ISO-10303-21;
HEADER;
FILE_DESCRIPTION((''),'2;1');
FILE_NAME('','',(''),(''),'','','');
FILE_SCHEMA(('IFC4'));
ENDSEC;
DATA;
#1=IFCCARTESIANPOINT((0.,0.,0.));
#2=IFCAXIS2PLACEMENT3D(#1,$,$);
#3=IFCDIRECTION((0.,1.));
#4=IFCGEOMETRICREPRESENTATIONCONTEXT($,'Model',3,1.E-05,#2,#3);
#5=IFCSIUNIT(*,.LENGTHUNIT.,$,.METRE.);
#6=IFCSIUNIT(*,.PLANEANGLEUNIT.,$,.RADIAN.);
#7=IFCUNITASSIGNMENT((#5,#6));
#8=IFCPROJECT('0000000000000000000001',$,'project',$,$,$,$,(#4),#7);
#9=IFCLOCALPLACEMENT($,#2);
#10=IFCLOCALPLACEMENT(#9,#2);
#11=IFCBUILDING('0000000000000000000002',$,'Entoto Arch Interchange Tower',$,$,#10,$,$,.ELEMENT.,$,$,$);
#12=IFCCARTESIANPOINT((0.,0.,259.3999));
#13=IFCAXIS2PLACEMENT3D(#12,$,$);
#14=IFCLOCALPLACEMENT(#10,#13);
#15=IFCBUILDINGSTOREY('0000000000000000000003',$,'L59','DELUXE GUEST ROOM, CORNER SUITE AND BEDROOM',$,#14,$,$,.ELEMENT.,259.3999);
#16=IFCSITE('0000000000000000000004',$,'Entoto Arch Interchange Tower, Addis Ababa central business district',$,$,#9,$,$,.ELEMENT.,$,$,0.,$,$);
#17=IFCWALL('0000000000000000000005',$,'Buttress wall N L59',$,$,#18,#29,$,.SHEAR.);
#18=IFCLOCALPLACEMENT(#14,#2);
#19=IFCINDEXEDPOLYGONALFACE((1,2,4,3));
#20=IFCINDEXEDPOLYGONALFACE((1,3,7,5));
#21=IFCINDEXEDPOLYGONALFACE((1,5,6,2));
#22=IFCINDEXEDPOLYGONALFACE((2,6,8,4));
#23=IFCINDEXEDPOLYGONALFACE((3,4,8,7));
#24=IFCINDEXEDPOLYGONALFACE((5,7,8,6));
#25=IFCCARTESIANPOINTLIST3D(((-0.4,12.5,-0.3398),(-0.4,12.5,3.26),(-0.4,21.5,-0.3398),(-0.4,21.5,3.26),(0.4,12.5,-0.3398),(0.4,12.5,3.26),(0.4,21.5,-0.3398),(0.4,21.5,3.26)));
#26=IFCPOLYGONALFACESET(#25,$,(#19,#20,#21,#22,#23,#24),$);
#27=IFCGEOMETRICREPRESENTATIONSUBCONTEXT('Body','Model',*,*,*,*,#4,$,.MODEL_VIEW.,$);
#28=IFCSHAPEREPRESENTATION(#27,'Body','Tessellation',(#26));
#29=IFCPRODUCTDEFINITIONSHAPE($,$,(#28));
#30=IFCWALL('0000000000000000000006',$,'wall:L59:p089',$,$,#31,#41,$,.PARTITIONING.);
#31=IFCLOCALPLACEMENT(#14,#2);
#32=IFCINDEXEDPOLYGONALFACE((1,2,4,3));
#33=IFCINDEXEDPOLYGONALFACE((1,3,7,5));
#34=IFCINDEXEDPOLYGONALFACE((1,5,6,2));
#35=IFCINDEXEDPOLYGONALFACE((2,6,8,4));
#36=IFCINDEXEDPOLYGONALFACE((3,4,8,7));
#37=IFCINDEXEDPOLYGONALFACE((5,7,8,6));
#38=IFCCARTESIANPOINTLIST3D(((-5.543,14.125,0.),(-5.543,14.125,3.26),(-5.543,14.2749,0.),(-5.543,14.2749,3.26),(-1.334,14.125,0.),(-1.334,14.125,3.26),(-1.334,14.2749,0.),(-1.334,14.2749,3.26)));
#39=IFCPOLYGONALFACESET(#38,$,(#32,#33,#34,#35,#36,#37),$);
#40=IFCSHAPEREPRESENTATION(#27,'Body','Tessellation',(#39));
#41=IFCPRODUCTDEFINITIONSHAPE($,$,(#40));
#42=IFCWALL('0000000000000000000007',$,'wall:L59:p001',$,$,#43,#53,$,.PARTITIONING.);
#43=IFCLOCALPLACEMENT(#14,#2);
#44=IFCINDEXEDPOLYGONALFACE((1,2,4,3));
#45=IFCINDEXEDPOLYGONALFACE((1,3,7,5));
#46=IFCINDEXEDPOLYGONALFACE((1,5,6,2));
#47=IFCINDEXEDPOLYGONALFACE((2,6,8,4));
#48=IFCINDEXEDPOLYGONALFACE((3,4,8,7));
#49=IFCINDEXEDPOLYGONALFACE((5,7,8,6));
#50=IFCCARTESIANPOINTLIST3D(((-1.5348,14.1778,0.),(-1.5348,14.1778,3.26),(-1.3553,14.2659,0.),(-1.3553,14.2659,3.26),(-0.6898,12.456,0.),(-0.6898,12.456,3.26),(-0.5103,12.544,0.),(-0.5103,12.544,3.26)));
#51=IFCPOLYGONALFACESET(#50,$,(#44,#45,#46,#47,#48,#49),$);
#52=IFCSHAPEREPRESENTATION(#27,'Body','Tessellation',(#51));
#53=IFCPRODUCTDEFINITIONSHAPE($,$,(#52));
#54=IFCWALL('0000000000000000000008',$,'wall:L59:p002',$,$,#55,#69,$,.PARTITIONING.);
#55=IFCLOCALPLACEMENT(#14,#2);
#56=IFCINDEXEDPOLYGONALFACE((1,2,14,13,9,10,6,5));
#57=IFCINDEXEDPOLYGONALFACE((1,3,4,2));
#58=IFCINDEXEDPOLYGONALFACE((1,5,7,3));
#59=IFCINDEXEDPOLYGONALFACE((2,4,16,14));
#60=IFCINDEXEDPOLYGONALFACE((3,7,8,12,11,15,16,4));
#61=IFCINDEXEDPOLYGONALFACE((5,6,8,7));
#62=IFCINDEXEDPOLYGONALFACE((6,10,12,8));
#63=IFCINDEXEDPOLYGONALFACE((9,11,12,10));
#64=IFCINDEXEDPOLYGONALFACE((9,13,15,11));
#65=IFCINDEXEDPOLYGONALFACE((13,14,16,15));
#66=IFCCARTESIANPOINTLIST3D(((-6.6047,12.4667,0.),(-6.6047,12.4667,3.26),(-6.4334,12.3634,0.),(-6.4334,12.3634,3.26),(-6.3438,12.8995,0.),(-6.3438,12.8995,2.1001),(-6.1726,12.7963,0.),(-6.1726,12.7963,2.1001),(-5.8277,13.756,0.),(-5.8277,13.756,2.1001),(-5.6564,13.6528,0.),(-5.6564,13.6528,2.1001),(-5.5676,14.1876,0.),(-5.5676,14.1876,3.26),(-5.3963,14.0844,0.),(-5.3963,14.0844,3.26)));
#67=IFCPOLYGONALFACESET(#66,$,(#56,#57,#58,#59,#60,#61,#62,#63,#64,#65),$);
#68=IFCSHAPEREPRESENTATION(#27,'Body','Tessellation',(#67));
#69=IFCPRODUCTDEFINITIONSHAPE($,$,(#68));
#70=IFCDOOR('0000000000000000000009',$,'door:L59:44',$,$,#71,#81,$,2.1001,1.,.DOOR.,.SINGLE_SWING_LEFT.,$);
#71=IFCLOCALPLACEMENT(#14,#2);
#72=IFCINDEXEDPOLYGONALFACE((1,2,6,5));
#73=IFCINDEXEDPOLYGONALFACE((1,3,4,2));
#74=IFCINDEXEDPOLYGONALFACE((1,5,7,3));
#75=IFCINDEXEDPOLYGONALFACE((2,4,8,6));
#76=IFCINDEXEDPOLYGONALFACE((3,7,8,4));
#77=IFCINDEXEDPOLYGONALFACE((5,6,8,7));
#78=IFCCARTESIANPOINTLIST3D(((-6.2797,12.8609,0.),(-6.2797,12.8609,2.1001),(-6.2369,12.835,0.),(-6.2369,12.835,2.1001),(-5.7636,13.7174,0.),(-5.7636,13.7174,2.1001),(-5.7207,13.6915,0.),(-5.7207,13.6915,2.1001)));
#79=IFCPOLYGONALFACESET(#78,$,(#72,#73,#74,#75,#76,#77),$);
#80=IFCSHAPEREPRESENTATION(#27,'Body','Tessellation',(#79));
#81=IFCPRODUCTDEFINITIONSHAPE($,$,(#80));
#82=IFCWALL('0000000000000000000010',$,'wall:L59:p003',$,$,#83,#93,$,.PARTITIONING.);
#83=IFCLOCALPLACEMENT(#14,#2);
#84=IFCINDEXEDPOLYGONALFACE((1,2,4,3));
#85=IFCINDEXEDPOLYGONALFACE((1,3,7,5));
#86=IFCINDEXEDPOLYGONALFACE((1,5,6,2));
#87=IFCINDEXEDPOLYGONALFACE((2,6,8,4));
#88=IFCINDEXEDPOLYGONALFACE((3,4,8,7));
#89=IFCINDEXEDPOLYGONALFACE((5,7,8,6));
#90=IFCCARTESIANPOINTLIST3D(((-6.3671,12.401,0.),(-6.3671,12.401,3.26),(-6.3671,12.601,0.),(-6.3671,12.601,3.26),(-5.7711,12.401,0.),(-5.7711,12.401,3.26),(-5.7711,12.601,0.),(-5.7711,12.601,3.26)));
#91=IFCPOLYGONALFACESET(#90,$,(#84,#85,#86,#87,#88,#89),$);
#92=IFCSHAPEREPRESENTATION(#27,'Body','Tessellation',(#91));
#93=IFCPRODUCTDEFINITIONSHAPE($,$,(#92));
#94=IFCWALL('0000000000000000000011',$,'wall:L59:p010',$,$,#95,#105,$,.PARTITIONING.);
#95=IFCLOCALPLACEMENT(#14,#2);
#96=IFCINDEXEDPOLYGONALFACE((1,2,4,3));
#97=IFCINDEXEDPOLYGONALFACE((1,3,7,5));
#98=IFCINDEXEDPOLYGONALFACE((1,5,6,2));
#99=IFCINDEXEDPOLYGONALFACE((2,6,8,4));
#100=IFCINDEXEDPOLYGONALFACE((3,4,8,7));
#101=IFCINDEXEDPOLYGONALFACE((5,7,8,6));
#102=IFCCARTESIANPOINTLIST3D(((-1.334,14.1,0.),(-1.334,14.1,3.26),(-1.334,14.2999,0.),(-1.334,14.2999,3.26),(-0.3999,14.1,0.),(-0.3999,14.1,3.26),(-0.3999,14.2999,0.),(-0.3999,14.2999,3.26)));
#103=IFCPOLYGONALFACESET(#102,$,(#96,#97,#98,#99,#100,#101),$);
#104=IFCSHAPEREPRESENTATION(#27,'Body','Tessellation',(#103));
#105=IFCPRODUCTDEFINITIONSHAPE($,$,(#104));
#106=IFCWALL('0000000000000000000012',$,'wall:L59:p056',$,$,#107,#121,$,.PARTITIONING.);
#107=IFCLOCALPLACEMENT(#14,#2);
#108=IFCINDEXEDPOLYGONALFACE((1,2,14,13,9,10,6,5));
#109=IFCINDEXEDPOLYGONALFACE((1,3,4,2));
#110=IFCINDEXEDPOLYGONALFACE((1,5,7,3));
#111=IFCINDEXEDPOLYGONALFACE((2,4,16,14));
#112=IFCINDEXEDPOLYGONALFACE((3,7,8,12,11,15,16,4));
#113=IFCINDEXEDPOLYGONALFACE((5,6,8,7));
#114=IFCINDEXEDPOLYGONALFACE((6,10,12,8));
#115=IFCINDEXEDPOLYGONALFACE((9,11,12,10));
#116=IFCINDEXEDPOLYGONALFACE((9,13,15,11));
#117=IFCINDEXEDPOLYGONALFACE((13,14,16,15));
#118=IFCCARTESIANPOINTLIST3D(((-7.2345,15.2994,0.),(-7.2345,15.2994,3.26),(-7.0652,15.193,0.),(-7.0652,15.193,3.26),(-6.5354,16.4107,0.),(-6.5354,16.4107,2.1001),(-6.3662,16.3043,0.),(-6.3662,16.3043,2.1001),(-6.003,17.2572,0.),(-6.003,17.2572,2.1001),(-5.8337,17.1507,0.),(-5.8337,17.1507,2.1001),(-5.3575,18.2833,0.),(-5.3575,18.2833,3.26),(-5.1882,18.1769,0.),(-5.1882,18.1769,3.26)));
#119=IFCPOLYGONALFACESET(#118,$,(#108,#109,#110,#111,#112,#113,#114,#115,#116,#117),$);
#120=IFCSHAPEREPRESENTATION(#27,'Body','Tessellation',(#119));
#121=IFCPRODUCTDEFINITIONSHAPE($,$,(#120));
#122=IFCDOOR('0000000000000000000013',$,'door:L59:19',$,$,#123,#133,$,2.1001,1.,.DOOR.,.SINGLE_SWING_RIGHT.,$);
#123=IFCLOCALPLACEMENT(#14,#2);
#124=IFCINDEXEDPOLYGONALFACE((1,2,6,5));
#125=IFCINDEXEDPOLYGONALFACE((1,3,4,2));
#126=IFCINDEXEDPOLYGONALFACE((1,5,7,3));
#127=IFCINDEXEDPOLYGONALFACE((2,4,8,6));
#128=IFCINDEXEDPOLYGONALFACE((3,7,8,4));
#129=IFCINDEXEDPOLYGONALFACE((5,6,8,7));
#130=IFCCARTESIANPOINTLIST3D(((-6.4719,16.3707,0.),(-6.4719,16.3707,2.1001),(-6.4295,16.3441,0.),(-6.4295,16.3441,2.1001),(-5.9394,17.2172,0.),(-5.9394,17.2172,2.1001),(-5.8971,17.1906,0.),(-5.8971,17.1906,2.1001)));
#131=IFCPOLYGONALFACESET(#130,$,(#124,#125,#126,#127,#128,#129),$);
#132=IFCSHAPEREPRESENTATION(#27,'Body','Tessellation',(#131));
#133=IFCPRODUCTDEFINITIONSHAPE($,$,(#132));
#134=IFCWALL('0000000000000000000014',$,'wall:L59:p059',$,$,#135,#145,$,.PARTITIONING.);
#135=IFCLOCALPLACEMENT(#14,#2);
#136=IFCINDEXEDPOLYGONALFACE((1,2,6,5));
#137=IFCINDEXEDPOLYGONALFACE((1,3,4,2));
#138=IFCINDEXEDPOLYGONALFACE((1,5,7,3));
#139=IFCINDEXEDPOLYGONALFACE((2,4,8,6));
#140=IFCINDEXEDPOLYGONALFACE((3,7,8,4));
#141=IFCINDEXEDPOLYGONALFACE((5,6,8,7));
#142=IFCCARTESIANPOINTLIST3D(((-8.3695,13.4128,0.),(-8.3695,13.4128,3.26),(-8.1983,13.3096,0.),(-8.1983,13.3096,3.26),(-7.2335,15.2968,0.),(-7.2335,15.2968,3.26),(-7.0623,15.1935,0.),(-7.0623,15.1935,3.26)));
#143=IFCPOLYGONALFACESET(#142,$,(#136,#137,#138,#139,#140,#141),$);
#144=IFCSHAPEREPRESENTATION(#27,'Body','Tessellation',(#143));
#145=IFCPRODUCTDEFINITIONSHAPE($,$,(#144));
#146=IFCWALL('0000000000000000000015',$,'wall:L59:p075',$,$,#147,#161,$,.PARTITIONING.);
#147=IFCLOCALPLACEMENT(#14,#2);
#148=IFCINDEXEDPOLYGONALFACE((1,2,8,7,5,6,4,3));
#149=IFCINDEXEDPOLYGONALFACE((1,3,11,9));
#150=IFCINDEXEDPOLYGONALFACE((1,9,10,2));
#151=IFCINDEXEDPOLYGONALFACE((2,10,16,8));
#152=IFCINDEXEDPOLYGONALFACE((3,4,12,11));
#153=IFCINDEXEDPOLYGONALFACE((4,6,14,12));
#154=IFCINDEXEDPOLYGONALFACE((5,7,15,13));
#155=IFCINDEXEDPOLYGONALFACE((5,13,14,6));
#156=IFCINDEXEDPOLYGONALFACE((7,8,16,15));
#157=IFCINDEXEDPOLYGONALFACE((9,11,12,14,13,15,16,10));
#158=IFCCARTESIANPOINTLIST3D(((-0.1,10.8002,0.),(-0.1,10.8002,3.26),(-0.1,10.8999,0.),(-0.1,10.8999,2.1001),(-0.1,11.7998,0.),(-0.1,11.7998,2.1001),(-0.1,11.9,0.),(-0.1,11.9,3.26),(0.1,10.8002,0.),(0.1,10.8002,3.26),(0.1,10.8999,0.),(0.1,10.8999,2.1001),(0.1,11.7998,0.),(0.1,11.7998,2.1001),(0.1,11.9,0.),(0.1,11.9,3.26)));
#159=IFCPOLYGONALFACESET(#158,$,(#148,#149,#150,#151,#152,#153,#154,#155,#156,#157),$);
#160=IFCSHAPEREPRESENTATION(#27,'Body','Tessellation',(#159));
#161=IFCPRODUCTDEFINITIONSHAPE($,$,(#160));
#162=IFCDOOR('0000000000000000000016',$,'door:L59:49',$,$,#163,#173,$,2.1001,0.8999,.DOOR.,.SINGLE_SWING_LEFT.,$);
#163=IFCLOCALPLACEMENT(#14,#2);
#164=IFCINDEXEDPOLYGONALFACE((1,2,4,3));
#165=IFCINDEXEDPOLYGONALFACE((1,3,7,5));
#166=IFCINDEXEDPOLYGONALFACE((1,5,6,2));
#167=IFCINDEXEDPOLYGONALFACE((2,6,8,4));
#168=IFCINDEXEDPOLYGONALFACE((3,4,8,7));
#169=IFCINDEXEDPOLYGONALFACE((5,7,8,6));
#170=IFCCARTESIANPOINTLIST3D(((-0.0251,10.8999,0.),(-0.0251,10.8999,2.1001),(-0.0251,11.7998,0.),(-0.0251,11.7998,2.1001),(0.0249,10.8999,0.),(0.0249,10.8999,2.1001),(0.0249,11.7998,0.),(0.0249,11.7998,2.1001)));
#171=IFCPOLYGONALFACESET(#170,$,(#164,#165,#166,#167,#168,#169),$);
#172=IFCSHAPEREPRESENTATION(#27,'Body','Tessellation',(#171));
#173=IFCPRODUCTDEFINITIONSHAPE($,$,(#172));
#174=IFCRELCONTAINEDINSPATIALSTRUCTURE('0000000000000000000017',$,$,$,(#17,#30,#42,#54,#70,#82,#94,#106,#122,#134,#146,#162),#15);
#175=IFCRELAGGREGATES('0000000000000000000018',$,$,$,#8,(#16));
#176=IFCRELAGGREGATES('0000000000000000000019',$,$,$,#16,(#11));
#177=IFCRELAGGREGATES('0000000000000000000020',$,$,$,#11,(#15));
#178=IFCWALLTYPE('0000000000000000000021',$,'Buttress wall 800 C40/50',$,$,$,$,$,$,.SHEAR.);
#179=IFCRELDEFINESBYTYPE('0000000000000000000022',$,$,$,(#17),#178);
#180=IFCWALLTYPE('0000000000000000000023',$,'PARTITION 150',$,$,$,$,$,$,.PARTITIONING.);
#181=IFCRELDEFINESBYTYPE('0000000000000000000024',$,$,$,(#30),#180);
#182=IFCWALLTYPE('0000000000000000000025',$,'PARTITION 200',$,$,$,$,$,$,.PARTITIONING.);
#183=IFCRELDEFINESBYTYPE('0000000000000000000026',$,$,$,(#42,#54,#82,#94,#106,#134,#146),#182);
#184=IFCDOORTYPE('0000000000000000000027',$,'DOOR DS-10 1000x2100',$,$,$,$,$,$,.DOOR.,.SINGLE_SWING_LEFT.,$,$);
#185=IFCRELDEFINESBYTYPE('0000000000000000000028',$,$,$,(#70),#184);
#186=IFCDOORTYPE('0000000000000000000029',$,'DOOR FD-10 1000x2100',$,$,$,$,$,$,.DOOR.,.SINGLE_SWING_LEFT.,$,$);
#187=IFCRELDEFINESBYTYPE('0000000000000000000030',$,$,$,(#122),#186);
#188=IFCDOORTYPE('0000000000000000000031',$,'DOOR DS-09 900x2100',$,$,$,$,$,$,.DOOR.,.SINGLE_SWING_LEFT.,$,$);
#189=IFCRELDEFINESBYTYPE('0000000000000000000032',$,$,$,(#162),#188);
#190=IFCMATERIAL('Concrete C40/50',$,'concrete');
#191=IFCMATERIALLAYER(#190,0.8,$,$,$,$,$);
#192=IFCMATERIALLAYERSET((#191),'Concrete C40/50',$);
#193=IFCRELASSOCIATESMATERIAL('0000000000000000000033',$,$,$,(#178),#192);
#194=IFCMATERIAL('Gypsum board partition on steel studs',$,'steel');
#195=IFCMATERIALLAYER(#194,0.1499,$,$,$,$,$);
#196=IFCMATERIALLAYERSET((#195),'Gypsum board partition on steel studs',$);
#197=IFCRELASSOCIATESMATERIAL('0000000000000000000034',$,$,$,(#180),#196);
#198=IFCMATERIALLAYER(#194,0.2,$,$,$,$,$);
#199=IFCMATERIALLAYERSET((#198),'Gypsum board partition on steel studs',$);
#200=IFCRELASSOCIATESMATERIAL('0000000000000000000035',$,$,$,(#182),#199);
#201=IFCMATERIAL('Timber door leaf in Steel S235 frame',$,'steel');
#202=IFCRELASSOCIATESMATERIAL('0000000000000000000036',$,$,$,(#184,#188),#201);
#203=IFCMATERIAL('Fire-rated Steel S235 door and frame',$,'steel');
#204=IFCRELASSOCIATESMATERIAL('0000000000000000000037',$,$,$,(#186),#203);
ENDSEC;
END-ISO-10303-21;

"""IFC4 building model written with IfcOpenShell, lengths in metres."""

from ifc_helpers import new_model, si_unit, direction, frame, frame_2d, origin, place, context, subcontext, project, spatial, rectangle, extrude, material, layer, layer_set, type_object, element, fill, save


model = new_model("IFC4")

# Units and contexts
model_context = context("Model", 3, precision=1e-05, world=origin(), true_north=direction((0.0, 1.0)))
body_context = subcontext(model_context, "Body", "Model", "MODEL_VIEW")
ifc_project = project(units=[si_unit("LENGTHUNIT", "METRE"), si_unit("PLANEANGLEUNIT", "RADIAN")], contexts=[model_context])

# Site, building, storey
site_placement = place(None, origin())
site = spatial("IfcSite", under=ifc_project, at=site_placement, Name="Entoto Arch Interchange Tower, Addis Ababa central business district", CompositionType="ELEMENT", RefElevation=0.0)
building_placement = place(site_placement, origin())
building = spatial("IfcBuilding", under=site, at=building_placement, Name="Entoto Arch Interchange Tower", CompositionType="ELEMENT")
storey_placement = place(building_placement, frame((0.0, 0.0, 259.3999)))
storey = spatial("IfcBuildingStorey", under=building, at=storey_placement, Name="L59", Description="DELUXE GUEST ROOM, CORNER SUITE AND BEDROOM", CompositionType="ELEMENT", Elevation=259.3999)

# Walls
ifc_material_1 = material(Name="Concrete C40/50", Category="concrete")
ifc_layer_1 = layer(ifc_material_1, 0.8)
ifc_layer_set_1 = layer_set([ifc_layer_1], Name="Concrete C40/50")
wall_type_1 = type_object("IfcWallType", Name="Buttress wall 800 C40/50", PredefinedType="SHEAR", material=ifc_layer_set_1)
wall_1_placement = place(storey_placement, frame((0.0, 12.5, -0.3398), z_axis=(0.0, 0.0, 1.0), x_axis=(0.0, 1.0, 0.0)))
element("IfcWall", 1, at=wall_1_placement, inside=storey, type_object=wall_type_1, Name="Buttress wall N L59", PredefinedType="SHEAR", context=body_context, shape_type="SweptSolid", body=[
    extrude(rectangle(XDim=9.0, YDim=0.8, at=frame_2d((4.5, 0.0))), origin(), (0.0, 0.0, 1.0), 3.5999),
])
ifc_material_2 = material(Name="Gypsum board partition on steel studs", Category="steel")
ifc_layer_2 = layer(ifc_material_2, 0.1499)
ifc_layer_set_2 = layer_set([ifc_layer_2], Name="Gypsum board partition on steel studs")
wall_type_2 = type_object("IfcWallType", Name="PARTITION 150", PredefinedType="PARTITIONING", material=ifc_layer_set_2)
wall_2_placement = place(storey_placement, frame((-1.334, 14.2, 0.0), z_axis=(0.0, 0.0, 1.0), x_axis=(-1.0, 0.0, 0.0)))
element("IfcWall", 2, at=wall_2_placement, inside=storey, type_object=wall_type_2, Name="wall:L59:p089", PredefinedType="PARTITIONING", context=body_context, shape_type="SweptSolid", body=[
    extrude(rectangle(XDim=4.209, YDim=0.1499, at=frame_2d((2.1045, 0.0))), origin(), (0.0, 0.0, 1.0), 3.26),
])
ifc_layer_3 = layer(ifc_material_2, 0.2)
ifc_layer_set_3 = layer_set([ifc_layer_3], Name="Gypsum board partition on steel studs")
wall_type_3 = type_object("IfcWallType", Name="PARTITION 200", PredefinedType="PARTITIONING", material=ifc_layer_set_3)
wall_3_placement = place(storey_placement, frame((-0.6001, 12.5, 0.0), z_axis=(0.0, 0.0, 1.0), x_axis=(-0.440531, 0.897737, 0.0)))
element("IfcWall", 3, at=wall_3_placement, inside=storey, type_object=wall_type_3, Name="wall:L59:p001", PredefinedType="PARTITIONING", context=body_context, shape_type="SweptSolid", body=[
    extrude(rectangle(XDim=1.918, YDim=0.2, at=frame_2d((0.959, 0.0))), origin(), (0.0, 0.0, 1.0), 3.26),
])

# Wall, opening, door
wall_4_placement = place(storey_placement, frame((-5.4819, 14.136, 0.0), z_axis=(0.0, 0.0, 1.0), x_axis=(-0.516157, -0.856494, 0.0)))
wall_4 = element("IfcWall", 4, at=wall_4_placement, inside=storey, type_object=wall_type_3, Name="wall:L59:p002", PredefinedType="PARTITIONING", context=body_context, shape_type="SweptSolid", body=[
    extrude(rectangle(XDim=2.0093, YDim=0.2, at=frame_2d((1.0046, 0.0))), origin(), (0.0, 0.0, 1.0), 3.26),
])
opening_1_placement = place(wall_4_placement, frame((0.5039, 0.0, 0.0)))
opening_1 = element("IfcOpeningElement", 5, at=opening_1_placement, cuts=wall_4, PredefinedType="OPENING", context=body_context, shape_type="SweptSolid", body=[
    extrude(rectangle(XDim=1.0, YDim=2.1001, at=frame_2d((0.5, 1.05))), frame((0.0, 0.1099, 0.0), z_axis=(0.0, -1.0, 0.0), x_axis=(1.0, 0.0, 0.0)), (0.0, 0.0, 1.0), 0.22),
])
ifc_material_3 = material(Name="Timber door leaf in Steel S235 frame", Category="steel")
door_type_1 = type_object("IfcDoorType", Name="DOOR DS-10 1000x2100", OperationType="SINGLE_SWING_LEFT", PredefinedType="DOOR", material=ifc_material_3)
door_1_placement = place(opening_1_placement, origin())
door_1 = element("IfcDoor", 6, at=door_1_placement, inside=storey, type_object=door_type_1, Name="door:L59:44", OperationType="SINGLE_SWING_LEFT", OverallHeight=2.1001, OverallWidth=1.0, PredefinedType="DOOR", context=body_context, shape_type="SweptSolid", body=[
    extrude(rectangle(XDim=1.0, YDim=2.1001, at=frame_2d((0.5, 1.05))), frame((0.0, 0.0249, 0.0), z_axis=(0.0, -1.0, 0.0), x_axis=(1.0, 0.0, 0.0)), (0.0, 0.0, 1.0), 0.05),
])
fill(opening_1, door_1)

# Walls
wall_5_placement = place(storey_placement, frame((-6.3669, 12.501, 0.0), z_axis=(0.0, 0.0, 1.0), x_axis=(1.0, 0.0, 0.0)))
element("IfcWall", 7, at=wall_5_placement, inside=storey, type_object=wall_type_3, Name="wall:L59:p003", PredefinedType="PARTITIONING", context=body_context, shape_type="SweptSolid", body=[
    extrude(rectangle(XDim=0.5959, YDim=0.2, at=frame_2d((0.2979, 0.0))), origin(), (0.0, 0.0, 1.0), 3.26),
])
wall_6_placement = place(storey_placement, frame((-1.334, 14.2, 0.0), z_axis=(0.0, 0.0, 1.0), x_axis=(1.0, 0.0, 0.0)))
element("IfcWall", 8, at=wall_6_placement, inside=storey, type_object=wall_type_3, Name="wall:L59:p010", PredefinedType="PARTITIONING", context=body_context, shape_type="SweptSolid", body=[
    extrude(rectangle(XDim=0.9341, YDim=0.2, at=frame_2d((0.467, 0.0))), origin(), (0.0, 0.0, 1.0), 3.26),
])

# Wall, opening, door
wall_7_placement = place(storey_placement, frame((-7.1499, 15.2461, 0.0), z_axis=(0.0, 0.0, 1.0), x_axis=(0.53245, 0.846462, 0.0)))
wall_7 = element("IfcWall", 9, at=wall_7_placement, inside=storey, type_object=wall_type_3, Name="wall:L59:p056", PredefinedType="PARTITIONING", context=body_context, shape_type="SweptSolid", body=[
    extrude(rectangle(XDim=3.5251, YDim=0.2, at=frame_2d((1.7627, 0.0))), origin(), (0.0, 0.0, 1.0), 3.26),
])
opening_2_placement = place(wall_7_placement, frame((1.313, 0.0, 0.0)))
opening_2 = element("IfcOpeningElement", 10, at=opening_2_placement, cuts=wall_7, PredefinedType="OPENING", context=body_context, shape_type="SweptSolid", body=[
    extrude(rectangle(XDim=1.0, YDim=2.1001, at=frame_2d((0.5, 1.05))), frame((0.0, 0.1099, 0.0), z_axis=(0.0, -1.0, 0.0), x_axis=(1.0, 0.0, 0.0)), (0.0, 0.0, 1.0), 0.22),
])
ifc_material_4 = material(Name="Fire-rated Steel S235 door and frame", Category="steel")
door_type_2 = type_object("IfcDoorType", Name="DOOR FD-10 1000x2100", OperationType="SINGLE_SWING_LEFT", PredefinedType="DOOR", material=ifc_material_4)
door_2_placement = place(opening_2_placement, origin())
door_2 = element("IfcDoor", 11, at=door_2_placement, inside=storey, type_object=door_type_2, Name="door:L59:19", OperationType="SINGLE_SWING_RIGHT", OverallHeight=2.1001, OverallWidth=1.0, PredefinedType="DOOR", context=body_context, shape_type="SweptSolid", body=[
    extrude(rectangle(XDim=1.0, YDim=2.1001, at=frame_2d((0.5, 1.05))), frame((0.0, 0.0249, 0.0), z_axis=(0.0, -1.0, 0.0), x_axis=(1.0, 0.0, 0.0)), (0.0, 0.0, 1.0), 0.05),
])
fill(opening_2, door_2)

# Wall
wall_8_placement = place(storey_placement, frame((-8.2839, 13.3611, 0.0), z_axis=(0.0, 0.0, 1.0), x_axis=(0.516355, 0.856375, 0.0)))
element("IfcWall", 12, at=wall_8_placement, inside=storey, type_object=wall_type_3, Name="wall:L59:p059", PredefinedType="PARTITIONING", context=body_context, shape_type="SweptSolid", body=[
    extrude(rectangle(XDim=2.2, YDim=0.2, at=frame_2d((1.1001, 0.0))), origin(), (0.0, 0.0, 1.0), 3.26),
])

# Wall, opening, door
wall_9_placement = place(storey_placement, frame((0.0, 11.8999, 0.0), z_axis=(0.0, 0.0, 1.0), x_axis=(0.0, -1.0, 0.0)))
wall_9 = element("IfcWall", 13, at=wall_9_placement, inside=storey, type_object=wall_type_3, Name="wall:L59:p075", PredefinedType="PARTITIONING", context=body_context, shape_type="SweptSolid", body=[
    extrude(rectangle(XDim=1.0999, YDim=0.2, at=frame_2d((0.5498, 0.0))), origin(), (0.0, 0.0, 1.0), 3.26),
])
opening_3_placement = place(wall_9_placement, frame((0.1001, 0.0, 0.0)))
opening_3 = element("IfcOpeningElement", 14, at=opening_3_placement, cuts=wall_9, PredefinedType="OPENING", context=body_context, shape_type="SweptSolid", body=[
    extrude(rectangle(XDim=0.8999, YDim=2.1001, at=frame_2d((0.45, 1.05))), frame((0.0, 0.1099, 0.0), z_axis=(0.0, -1.0, 0.0), x_axis=(1.0, 0.0, 0.0)), (0.0, 0.0, 1.0), 0.22),
])
door_type_3 = type_object("IfcDoorType", Name="DOOR DS-09 900x2100", OperationType="SINGLE_SWING_LEFT", PredefinedType="DOOR", material=ifc_material_3)
door_3_placement = place(opening_3_placement, origin())
door_3 = element("IfcDoor", 15, at=door_3_placement, inside=storey, type_object=door_type_3, Name="door:L59:49", OperationType="SINGLE_SWING_LEFT", OverallHeight=2.1001, OverallWidth=0.8999, PredefinedType="DOOR", context=body_context, shape_type="SweptSolid", body=[
    extrude(rectangle(XDim=0.8999, YDim=2.1001, at=frame_2d((0.45, 1.05))), frame((0.0, 0.0249, 0.0), z_axis=(0.0, -1.0, 0.0), x_axis=(1.0, 0.0, 0.0)), (0.0, 0.0, 1.0), 0.05),
])
fill(opening_3, door_3)

save(model, "model.ifc")
